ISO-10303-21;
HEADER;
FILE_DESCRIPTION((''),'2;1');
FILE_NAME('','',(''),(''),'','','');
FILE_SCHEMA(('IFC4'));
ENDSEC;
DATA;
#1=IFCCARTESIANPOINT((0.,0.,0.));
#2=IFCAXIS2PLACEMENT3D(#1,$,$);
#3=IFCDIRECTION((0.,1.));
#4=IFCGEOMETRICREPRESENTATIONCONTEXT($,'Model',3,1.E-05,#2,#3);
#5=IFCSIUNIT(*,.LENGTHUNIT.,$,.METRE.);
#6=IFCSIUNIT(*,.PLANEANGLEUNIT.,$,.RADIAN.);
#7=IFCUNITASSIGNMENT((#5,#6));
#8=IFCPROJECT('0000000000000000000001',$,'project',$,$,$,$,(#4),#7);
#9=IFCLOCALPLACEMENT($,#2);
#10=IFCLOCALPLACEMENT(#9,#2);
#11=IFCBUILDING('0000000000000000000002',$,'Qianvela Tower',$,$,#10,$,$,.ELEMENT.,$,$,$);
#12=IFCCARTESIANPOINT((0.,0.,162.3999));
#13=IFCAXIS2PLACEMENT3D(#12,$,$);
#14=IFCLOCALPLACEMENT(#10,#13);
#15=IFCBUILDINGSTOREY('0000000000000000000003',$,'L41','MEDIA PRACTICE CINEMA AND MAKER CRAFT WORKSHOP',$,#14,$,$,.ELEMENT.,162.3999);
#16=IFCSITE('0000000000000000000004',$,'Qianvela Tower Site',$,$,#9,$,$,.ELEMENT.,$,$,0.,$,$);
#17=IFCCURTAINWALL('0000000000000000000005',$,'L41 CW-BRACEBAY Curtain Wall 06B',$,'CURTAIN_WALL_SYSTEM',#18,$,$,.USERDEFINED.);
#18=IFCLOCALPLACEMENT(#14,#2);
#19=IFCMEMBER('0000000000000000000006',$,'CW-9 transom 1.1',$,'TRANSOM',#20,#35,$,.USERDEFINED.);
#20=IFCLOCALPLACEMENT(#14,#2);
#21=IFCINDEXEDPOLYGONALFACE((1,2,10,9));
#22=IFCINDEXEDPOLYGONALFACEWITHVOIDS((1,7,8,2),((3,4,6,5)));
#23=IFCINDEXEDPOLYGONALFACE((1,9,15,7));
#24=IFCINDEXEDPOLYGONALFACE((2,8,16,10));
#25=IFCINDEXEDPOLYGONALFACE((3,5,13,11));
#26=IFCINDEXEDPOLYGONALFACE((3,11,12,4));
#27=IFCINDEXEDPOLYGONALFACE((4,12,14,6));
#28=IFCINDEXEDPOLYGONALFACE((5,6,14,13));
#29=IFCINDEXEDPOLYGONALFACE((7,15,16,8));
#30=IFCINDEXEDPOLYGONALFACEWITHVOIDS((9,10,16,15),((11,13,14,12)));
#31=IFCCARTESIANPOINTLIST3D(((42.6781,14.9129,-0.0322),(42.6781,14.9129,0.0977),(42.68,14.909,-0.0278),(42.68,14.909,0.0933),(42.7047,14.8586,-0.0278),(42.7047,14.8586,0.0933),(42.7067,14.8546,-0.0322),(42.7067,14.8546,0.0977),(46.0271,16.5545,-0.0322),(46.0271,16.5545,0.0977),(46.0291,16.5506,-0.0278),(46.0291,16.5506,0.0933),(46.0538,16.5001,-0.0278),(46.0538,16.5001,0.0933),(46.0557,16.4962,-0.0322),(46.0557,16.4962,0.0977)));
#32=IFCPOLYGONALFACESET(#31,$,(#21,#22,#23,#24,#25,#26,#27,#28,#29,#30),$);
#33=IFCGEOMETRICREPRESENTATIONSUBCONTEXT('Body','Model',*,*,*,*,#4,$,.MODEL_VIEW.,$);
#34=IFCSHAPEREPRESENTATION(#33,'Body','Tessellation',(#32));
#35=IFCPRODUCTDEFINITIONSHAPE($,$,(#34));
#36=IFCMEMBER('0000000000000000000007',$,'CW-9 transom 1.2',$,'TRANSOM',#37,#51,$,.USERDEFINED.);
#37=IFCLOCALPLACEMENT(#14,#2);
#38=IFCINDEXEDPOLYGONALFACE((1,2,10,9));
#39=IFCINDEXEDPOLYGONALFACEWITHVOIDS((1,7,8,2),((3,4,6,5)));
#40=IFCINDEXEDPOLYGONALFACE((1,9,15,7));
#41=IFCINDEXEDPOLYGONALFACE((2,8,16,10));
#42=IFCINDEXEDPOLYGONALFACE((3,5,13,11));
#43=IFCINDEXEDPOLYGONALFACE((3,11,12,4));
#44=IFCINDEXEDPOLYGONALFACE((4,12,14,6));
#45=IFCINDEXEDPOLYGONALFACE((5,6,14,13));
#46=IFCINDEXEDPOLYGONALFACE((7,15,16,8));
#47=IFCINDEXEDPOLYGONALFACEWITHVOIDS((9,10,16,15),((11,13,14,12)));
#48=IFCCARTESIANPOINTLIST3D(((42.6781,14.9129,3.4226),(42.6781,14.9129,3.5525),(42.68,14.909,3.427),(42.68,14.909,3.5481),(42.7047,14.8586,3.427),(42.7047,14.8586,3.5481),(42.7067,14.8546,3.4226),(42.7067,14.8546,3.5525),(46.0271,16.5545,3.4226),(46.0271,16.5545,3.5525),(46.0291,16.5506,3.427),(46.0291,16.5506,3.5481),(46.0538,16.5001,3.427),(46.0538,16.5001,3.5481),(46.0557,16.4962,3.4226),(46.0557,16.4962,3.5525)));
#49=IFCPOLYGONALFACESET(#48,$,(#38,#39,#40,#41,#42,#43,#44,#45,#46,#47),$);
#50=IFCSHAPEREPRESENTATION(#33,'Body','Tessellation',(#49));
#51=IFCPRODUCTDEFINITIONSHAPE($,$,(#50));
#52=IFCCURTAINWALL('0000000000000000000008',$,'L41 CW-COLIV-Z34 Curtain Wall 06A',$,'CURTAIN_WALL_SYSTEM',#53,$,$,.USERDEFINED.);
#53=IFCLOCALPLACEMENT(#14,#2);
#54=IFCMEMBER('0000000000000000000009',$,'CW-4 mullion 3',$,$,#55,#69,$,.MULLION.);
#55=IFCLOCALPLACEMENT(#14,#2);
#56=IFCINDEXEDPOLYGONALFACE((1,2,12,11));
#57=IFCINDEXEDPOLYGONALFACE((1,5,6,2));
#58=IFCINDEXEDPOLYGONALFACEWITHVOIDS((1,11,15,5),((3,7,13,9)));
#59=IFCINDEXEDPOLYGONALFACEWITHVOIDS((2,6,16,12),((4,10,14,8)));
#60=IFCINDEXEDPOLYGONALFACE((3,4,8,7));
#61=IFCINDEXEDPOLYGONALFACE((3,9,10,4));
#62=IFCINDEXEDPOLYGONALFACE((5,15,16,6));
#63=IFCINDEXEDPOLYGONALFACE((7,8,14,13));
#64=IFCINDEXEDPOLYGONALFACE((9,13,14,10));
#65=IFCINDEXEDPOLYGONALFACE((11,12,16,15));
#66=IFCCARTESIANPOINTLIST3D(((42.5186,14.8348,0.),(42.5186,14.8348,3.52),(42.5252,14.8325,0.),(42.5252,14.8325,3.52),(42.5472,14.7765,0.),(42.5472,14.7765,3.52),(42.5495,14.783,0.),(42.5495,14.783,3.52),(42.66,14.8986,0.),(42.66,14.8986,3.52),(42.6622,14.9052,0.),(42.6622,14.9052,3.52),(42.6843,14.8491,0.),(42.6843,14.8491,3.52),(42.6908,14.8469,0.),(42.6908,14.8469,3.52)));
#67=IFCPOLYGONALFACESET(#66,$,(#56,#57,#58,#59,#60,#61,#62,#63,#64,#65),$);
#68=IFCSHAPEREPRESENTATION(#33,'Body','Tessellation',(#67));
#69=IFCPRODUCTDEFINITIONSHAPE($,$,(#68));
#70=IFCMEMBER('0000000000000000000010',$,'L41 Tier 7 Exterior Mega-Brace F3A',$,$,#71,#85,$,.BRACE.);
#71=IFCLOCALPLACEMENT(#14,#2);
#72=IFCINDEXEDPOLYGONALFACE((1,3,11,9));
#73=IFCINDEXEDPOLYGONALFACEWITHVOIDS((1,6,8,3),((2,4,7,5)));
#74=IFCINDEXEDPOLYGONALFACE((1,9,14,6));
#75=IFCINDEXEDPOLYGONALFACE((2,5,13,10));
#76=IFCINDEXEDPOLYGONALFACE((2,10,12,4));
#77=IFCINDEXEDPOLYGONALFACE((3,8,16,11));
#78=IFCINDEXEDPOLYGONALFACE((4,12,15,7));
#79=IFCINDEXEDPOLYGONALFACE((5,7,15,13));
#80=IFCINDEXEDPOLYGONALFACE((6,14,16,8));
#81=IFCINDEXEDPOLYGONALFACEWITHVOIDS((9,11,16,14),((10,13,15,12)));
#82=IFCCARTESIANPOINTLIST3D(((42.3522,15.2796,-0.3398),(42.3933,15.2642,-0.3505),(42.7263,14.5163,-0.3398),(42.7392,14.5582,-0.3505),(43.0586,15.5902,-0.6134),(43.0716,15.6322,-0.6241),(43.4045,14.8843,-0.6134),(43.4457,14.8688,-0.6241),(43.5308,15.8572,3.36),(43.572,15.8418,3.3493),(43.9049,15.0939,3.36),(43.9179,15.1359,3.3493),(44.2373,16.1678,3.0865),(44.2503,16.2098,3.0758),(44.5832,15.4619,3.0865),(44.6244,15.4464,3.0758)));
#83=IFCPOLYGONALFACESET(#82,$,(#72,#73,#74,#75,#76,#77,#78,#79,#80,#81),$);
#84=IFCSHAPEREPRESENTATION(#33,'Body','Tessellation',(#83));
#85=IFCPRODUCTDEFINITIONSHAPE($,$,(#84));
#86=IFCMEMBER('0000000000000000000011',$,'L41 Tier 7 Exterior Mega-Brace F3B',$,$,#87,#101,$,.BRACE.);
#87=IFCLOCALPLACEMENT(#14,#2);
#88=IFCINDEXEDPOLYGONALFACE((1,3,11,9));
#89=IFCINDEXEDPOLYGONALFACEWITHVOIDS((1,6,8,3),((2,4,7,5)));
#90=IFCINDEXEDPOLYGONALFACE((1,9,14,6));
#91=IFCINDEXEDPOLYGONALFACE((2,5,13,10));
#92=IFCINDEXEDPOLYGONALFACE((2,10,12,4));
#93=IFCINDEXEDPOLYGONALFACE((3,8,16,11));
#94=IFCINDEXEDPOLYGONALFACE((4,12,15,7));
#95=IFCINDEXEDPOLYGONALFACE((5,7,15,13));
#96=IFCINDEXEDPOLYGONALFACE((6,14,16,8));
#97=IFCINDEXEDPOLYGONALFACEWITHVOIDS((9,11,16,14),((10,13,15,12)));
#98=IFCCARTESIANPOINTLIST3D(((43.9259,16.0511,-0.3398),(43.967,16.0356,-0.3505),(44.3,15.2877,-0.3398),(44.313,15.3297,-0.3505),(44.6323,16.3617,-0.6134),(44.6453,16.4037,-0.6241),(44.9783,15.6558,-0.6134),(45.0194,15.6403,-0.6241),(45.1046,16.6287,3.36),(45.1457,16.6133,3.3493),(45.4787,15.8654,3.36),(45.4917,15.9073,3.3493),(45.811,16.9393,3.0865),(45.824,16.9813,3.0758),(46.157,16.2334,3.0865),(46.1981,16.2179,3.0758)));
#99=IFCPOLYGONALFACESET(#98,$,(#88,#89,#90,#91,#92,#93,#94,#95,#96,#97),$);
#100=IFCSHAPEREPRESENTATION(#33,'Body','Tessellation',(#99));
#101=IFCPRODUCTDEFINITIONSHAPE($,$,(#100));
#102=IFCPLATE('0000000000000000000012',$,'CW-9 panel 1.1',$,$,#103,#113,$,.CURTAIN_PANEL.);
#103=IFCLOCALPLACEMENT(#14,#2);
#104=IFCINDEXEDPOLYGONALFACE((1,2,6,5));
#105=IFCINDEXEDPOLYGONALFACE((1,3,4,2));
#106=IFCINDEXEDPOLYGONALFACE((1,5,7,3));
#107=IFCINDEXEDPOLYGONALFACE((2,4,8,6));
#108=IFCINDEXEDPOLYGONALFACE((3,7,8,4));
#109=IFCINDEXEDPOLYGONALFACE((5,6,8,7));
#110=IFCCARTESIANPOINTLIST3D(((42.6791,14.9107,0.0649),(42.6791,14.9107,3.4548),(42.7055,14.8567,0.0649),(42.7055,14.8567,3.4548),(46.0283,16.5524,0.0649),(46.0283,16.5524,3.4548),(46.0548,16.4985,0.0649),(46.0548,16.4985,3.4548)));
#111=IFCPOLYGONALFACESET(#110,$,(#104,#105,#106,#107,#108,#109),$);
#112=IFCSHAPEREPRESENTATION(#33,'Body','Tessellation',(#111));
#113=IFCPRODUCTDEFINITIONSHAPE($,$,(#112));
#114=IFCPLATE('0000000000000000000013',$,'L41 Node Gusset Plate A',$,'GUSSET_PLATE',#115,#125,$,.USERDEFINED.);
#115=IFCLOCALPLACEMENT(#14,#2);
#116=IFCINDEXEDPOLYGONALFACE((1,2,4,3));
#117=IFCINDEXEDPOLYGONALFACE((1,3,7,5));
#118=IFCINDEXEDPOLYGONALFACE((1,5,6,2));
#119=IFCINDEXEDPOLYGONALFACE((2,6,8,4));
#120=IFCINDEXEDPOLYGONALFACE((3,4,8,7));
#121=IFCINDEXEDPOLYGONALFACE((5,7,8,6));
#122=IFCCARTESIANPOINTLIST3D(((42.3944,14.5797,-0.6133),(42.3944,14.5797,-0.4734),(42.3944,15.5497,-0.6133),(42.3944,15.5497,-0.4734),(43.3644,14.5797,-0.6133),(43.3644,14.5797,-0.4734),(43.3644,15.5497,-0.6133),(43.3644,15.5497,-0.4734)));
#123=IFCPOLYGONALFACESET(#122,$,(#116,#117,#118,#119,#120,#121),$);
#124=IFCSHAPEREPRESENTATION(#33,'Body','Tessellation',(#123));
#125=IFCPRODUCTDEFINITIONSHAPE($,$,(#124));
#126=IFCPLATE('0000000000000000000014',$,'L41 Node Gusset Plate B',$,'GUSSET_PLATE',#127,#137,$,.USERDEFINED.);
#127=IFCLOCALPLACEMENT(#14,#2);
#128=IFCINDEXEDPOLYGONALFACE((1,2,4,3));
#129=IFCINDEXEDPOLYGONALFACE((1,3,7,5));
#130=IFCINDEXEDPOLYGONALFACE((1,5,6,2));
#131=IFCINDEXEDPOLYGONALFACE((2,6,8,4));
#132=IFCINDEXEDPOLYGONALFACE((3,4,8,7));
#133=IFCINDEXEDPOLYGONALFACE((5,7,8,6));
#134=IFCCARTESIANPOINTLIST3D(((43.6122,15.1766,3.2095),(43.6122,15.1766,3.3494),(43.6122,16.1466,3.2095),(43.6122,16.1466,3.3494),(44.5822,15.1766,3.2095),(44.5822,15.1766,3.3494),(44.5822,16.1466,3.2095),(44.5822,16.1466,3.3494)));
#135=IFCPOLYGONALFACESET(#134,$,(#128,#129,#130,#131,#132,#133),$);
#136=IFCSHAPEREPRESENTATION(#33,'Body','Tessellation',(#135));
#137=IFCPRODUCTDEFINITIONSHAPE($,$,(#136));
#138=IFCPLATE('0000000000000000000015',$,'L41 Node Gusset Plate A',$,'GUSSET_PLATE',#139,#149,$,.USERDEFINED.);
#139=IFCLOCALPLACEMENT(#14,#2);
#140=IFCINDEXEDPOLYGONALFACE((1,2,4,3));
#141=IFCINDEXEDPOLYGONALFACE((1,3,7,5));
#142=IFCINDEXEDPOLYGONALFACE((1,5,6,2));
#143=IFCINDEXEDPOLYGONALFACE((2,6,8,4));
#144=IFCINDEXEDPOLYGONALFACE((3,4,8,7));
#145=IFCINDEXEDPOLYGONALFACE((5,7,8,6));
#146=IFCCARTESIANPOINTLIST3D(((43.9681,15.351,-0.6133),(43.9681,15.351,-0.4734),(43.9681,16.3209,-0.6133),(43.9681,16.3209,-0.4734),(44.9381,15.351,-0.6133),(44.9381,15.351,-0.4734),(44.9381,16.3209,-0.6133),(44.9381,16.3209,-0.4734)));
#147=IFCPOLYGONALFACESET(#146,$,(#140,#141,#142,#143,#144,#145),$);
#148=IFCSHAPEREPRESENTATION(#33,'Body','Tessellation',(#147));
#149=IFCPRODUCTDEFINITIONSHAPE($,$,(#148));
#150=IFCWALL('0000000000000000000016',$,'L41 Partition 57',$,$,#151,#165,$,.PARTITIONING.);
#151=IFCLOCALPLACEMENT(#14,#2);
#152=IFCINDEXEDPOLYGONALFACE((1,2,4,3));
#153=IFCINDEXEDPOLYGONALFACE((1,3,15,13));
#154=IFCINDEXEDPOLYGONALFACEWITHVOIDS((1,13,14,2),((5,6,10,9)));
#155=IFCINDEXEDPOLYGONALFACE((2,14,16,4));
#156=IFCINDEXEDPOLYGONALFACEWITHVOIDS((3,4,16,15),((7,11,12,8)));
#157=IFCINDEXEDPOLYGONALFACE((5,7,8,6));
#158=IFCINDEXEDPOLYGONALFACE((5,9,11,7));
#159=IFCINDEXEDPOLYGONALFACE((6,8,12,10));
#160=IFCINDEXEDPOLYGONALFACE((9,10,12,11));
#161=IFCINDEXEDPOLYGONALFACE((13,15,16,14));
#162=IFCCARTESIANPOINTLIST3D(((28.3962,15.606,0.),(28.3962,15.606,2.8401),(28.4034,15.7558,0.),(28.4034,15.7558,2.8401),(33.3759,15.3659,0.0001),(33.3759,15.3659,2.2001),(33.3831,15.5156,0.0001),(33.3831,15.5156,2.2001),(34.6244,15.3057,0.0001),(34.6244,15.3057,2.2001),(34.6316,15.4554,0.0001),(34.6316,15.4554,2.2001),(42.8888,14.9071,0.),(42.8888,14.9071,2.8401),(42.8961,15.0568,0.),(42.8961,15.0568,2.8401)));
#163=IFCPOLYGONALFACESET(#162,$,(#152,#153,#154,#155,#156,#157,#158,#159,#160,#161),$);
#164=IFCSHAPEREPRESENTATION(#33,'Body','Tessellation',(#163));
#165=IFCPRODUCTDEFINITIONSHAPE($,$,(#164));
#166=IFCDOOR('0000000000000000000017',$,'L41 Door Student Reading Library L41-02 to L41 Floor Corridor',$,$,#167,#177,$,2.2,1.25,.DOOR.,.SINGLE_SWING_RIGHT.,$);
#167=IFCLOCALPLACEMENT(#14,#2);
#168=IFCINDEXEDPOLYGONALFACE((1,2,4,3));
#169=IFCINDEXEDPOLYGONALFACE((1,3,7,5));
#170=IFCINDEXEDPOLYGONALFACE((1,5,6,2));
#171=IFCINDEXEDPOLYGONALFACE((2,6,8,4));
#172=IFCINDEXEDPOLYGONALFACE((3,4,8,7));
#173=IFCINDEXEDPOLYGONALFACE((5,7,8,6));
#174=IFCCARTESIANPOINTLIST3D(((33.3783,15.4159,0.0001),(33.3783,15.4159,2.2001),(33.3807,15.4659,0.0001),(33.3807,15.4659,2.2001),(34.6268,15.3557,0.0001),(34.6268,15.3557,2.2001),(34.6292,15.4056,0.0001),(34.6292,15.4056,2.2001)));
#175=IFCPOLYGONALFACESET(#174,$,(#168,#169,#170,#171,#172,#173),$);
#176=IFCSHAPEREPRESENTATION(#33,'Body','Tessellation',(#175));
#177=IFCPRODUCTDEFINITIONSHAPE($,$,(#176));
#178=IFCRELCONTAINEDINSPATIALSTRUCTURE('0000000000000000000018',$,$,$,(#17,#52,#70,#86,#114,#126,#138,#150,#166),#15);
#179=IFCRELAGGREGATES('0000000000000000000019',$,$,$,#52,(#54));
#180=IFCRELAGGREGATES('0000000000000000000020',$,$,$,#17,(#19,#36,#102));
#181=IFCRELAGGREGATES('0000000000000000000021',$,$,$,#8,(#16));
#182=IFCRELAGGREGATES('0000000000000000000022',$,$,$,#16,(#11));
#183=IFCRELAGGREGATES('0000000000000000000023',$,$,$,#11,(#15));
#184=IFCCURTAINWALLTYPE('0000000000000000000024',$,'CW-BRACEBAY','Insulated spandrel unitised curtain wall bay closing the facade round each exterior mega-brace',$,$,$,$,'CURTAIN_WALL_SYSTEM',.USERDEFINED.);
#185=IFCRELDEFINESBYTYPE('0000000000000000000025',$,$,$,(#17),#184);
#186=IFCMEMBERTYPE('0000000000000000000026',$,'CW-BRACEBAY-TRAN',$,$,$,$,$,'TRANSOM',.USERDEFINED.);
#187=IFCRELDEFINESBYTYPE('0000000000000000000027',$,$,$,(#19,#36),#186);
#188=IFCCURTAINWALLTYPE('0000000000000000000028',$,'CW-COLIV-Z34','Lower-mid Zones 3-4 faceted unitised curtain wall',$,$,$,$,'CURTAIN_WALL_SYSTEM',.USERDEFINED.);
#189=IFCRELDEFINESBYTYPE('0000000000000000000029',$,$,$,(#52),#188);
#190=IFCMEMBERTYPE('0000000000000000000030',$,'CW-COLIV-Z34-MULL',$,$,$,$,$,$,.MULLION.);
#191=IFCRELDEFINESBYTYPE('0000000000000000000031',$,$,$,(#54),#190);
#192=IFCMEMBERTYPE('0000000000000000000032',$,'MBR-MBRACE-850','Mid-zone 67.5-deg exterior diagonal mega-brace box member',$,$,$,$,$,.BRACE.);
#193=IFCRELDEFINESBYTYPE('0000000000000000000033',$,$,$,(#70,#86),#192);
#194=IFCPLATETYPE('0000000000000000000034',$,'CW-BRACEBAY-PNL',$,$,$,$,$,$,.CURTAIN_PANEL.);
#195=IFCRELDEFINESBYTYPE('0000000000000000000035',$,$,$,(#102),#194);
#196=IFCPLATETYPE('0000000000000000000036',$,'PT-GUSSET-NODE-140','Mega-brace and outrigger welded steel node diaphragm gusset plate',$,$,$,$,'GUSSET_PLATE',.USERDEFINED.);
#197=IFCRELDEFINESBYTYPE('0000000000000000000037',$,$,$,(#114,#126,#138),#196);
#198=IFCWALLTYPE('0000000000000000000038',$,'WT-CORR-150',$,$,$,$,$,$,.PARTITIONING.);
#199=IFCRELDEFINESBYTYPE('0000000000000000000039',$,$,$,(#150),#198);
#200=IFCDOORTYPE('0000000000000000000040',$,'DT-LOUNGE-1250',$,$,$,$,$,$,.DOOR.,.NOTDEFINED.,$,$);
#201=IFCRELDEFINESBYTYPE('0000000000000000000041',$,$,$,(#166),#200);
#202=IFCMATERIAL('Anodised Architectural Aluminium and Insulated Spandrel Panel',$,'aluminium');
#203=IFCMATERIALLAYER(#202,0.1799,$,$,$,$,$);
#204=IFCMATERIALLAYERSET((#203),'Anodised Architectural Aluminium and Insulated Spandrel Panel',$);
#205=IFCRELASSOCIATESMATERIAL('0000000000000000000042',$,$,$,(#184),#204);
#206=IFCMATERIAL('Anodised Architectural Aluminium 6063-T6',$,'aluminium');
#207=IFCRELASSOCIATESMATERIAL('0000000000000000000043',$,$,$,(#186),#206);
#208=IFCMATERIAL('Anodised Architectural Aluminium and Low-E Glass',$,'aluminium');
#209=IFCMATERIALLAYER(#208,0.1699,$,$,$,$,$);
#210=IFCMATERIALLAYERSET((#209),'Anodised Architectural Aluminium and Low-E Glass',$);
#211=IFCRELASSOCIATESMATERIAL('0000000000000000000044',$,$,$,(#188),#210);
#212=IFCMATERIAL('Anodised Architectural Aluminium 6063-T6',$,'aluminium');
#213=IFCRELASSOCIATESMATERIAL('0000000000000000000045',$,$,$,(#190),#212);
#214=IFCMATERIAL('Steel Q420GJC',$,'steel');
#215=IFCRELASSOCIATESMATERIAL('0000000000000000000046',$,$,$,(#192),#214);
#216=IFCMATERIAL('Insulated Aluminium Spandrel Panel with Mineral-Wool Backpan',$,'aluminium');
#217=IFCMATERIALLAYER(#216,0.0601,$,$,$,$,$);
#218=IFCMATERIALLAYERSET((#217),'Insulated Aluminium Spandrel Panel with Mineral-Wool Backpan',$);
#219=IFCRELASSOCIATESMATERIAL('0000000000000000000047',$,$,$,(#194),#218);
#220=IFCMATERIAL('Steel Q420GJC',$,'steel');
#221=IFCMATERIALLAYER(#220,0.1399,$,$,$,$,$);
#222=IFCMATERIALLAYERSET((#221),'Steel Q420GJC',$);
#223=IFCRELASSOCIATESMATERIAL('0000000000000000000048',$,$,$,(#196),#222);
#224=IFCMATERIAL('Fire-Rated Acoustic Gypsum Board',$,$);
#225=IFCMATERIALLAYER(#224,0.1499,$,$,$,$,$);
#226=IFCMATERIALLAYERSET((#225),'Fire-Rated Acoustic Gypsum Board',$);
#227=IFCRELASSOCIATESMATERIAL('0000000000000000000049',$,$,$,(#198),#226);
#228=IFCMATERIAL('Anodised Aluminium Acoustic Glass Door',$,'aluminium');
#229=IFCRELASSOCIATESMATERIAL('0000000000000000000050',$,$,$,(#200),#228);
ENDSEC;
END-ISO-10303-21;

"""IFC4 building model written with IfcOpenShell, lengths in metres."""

from ifc_helpers import new_model, si_unit, direction, frame, frame_2d, origin, origin_2d, place, context, subcontext, project, spatial, rectangle, hollow_rectangle, extrude, material, layer, layer_set, material_profile, profile_set, type_object, element, fill, aggregate, save


model = new_model("IFC4")

# Units and contexts
model_context = context("Model", 3, precision=1e-05, world=origin(), true_north=direction((0.0, 1.0)))
body_context = subcontext(model_context, "Body", "Model", "MODEL_VIEW")
ifc_project = project(units=[si_unit("LENGTHUNIT", "METRE"), si_unit("PLANEANGLEUNIT", "RADIAN")], contexts=[model_context])

# Site, building, storey
site_placement = place(None, origin())
site = spatial("IfcSite", under=ifc_project, at=site_placement, Name="Qianvela Tower Site", CompositionType="ELEMENT", RefElevation=0.0)
building_placement = place(site_placement, origin())
building = spatial("IfcBuilding", under=site, at=building_placement, Name="Qianvela Tower", CompositionType="ELEMENT")
storey_placement = place(building_placement, frame((0.0, 0.0, 162.3999)))
storey = spatial("IfcBuildingStorey", under=building, at=storey_placement, Name="L41", Description="MEDIA PRACTICE CINEMA AND MAKER CRAFT WORKSHOP", CompositionType="ELEMENT", Elevation=162.3999)

# Curtain wall, members
ifc_material_1 = material(Name="Anodised Architectural Aluminium and Insulated Spandrel Panel", Category="aluminium")
ifc_layer_1 = layer(ifc_material_1, 0.1799)
ifc_layer_set_1 = layer_set([ifc_layer_1], Name="Anodised Architectural Aluminium and Insulated Spandrel Panel")
curtain_wall_type_1 = type_object("IfcCurtainWallType", Name="CW-BRACEBAY", Description="Insulated spandrel unitised curtain wall bay closing the facade round each exterior mega-brace", ElementType="CURTAIN_WALL_SYSTEM", PredefinedType="USERDEFINED", material=ifc_layer_set_1)
curtain_wall_1_placement = place(storey_placement, origin())
curtain_wall_1 = element("IfcCurtainWall", 1, at=curtain_wall_1_placement, inside=storey, type_object=curtain_wall_type_1, Name="L41 CW-BRACEBAY Curtain Wall 06B", ObjectType="CURTAIN_WALL_SYSTEM", PredefinedType="USERDEFINED")
ifc_material_2 = material(Name="Anodised Architectural Aluminium 6063-T6", Category="aluminium")
ifc_material_profile_1 = material_profile(ifc_material_2, hollow_rectangle(XDim=0.0649, YDim=0.1299, WallThickness=0.0044, at=origin_2d()), Name="ALU-TRAN-65x130")
ifc_profile_set_1 = profile_set([ifc_material_profile_1], Name="Anodised Architectural Aluminium 6063-T6")
member_type_1 = type_object("IfcMemberType", Name="CW-BRACEBAY-TRAN", ElementType="TRANSOM", PredefinedType="USERDEFINED", material=ifc_profile_set_1)
member_1_placement = place(storey_placement, frame((42.6924, 14.8838, 0.0327), z_axis=(0.897934, 0.44013, 0.0), x_axis=(-0.44013, 0.897934, 0.0)))
member_1 = element("IfcMember", 2, at=member_1_placement, type_object=member_type_1, Name="CW-9 transom 1.1", ObjectType="TRANSOM", PredefinedType="USERDEFINED", context=body_context, shape_type="SweptSolid", body=[
    extrude(hollow_rectangle(XDim=0.0649, YDim=0.1299, WallThickness=0.0044, at=origin_2d()), origin(), (0.0, 0.0, 1.0), 3.7297),
])
member_2_placement = place(storey_placement, frame((42.6924, 14.8838, 3.4875), z_axis=(0.897934, 0.44013, 0.0), x_axis=(-0.44013, 0.897934, 0.0)))
member_2 = element("IfcMember", 3, at=member_2_placement, type_object=member_type_1, Name="CW-9 transom 1.2", ObjectType="TRANSOM", PredefinedType="USERDEFINED", context=body_context, shape_type="SweptSolid", body=[
    extrude(hollow_rectangle(XDim=0.0649, YDim=0.1299, WallThickness=0.0044, at=origin_2d()), origin(), (0.0, 0.0, 1.0), 3.7297),
])

# Curtain wall, member
ifc_material_3 = material(Name="Anodised Architectural Aluminium and Low-E Glass", Category="aluminium")
ifc_layer_2 = layer(ifc_material_3, 0.1699)
ifc_layer_set_2 = layer_set([ifc_layer_2], Name="Anodised Architectural Aluminium and Low-E Glass")
curtain_wall_type_2 = type_object("IfcCurtainWallType", Name="CW-COLIV-Z34", Description="Lower-mid Zones 3-4 faceted unitised curtain wall", ElementType="CURTAIN_WALL_SYSTEM", PredefinedType="USERDEFINED", material=ifc_layer_set_2)
curtain_wall_2_placement = place(storey_placement, origin())
curtain_wall_2 = element("IfcCurtainWall", 4, at=curtain_wall_2_placement, inside=storey, type_object=curtain_wall_type_2, Name="L41 CW-COLIV-Z34 Curtain Wall 06A", ObjectType="CURTAIN_WALL_SYSTEM", PredefinedType="USERDEFINED")
ifc_material_4 = material(Name="Anodised Architectural Aluminium 6063-T6", Category="aluminium")
ifc_material_profile_2 = material_profile(ifc_material_4, hollow_rectangle(XDim=0.0649, YDim=0.1599, WallThickness=0.0049, at=origin_2d()), Name="ALU-MULL-65x160")
ifc_profile_set_2 = profile_set([ifc_material_profile_2], Name="Anodised Architectural Aluminium 6063-T6")
member_type_2 = type_object("IfcMemberType", Name="CW-COLIV-Z34-MULL", PredefinedType="MULLION", material=ifc_profile_set_2)
member_3_placement = place(storey_placement, frame((42.6047, 14.8408, 0.0), z_axis=(0.0, 0.0, 1.0), x_axis=(-0.440141, 0.897929, 0.0)))
member_3 = element("IfcMember", 5, at=member_3_placement, type_object=member_type_2, Name="CW-4 mullion 3", PredefinedType="MULLION", context=body_context, shape_type="SweptSolid", body=[
    extrude(hollow_rectangle(XDim=0.0649, YDim=0.1599, WallThickness=0.0049, at=origin_2d()), origin(), (0.0, 0.0, 1.0), 3.52),
])
aggregate(curtain_wall_2, [member_3])

# Members
ifc_material_5 = material(Name="Steel Q420GJC", Category="steel")
ifc_material_profile_3 = material_profile(ifc_material_5, hollow_rectangle(XDim=0.8501, YDim=0.8501, WallThickness=0.032, at=origin_2d()), Name="MBOX-850x850x32")
ifc_profile_set_3 = profile_set([ifc_material_profile_3], Name="Steel Q420GJC")
member_type_3 = type_object("IfcMemberType", Name="MBR-MBRACE-850", Description="Mid-zone 67.5-deg exterior diagonal mega-brace box member", PredefinedType="BRACE", material=ifc_profile_set_3)
for number, where, z_axis, x_axis, name in (
    (6, (42.8989, 15.0742, -0.4819), (0.30024, 0.147135, 0.942447), (-0.440057, 0.89797, 0.0), "L41 Tier 7 Exterior Mega-Brace F3A"),
    (7, (44.4727, 15.8457, -0.4819), (0.30024, 0.147135, 0.942447), (-0.440057, 0.89797, 0.0), "L41 Tier 7 Exterior Mega-Brace F3B"),
):
    element("IfcMember", number, at=place(storey_placement, frame(where, z_axis=z_axis, x_axis=x_axis)), inside=storey, type_object=member_type_3, Name=name, PredefinedType="BRACE", context=body_context, shape_type="SweptSolid", body=[
        extrude(hollow_rectangle(XDim=0.8501, YDim=0.8501, WallThickness=0.032, at=origin_2d()), origin(), (0.0, 0.0, 1.0), 3.9258),
    ])

# Plate
ifc_material_6 = material(Name="Insulated Aluminium Spandrel Panel with Mineral-Wool Backpan", Category="aluminium")
ifc_layer_3 = layer(ifc_material_6, 0.0601)
ifc_layer_set_3 = layer_set([ifc_layer_3], Name="Insulated Aluminium Spandrel Panel with Mineral-Wool Backpan")
plate_type_1 = type_object("IfcPlateType", Name="CW-BRACEBAY-PNL", PredefinedType="CURTAIN_PANEL", material=ifc_layer_set_3)
plate_placement = place(storey_placement, frame((44.3669, 15.7046, 0.0649), z_axis=(0.0, 0.0, 1.0), x_axis=(0.897923, 0.440153, 0.0)))
plate = element("IfcPlate", 8, at=plate_placement, type_object=plate_type_1, Name="CW-9 panel 1.1", PredefinedType="CURTAIN_PANEL", context=body_context, shape_type="SweptSolid", body=[
    extrude(rectangle(XDim=3.73, YDim=0.0601, at=origin_2d()), origin(), (0.0, 0.0, 1.0), 3.3899),
])
aggregate(curtain_wall_1, [member_1, member_2, plate])

# Plates
ifc_material_7 = material(Name="Steel Q420GJC", Category="steel")
ifc_layer_4 = layer(ifc_material_7, 0.1399)
ifc_layer_set_4 = layer_set([ifc_layer_4], Name="Steel Q420GJC")
plate_type_2 = type_object("IfcPlateType", Name="PT-GUSSET-NODE-140", Description="Mega-brace and outrigger welded steel node diaphragm gusset plate", ElementType="GUSSET_PLATE", PredefinedType="USERDEFINED", material=ifc_layer_set_4)
for number, where, z_axis, x_axis, name in (
    (9, (42.8794, 15.0647, -0.6133), (0.0, 0.0, 1.0), (1.0, 0.0, 0.0), "L41 Node Gusset Plate A"),
    (10, (44.0972, 15.6616, 3.2095), (0.0, 0.0, 1.0), (1.0, 0.0, 0.0), "L41 Node Gusset Plate B"),
    (11, (44.4531, 15.8359, -0.6133), (0.0, 0.0, 1.0), (1.0, 0.0, 0.0), "L41 Node Gusset Plate A"),
):
    element("IfcPlate", number, at=place(storey_placement, frame(where, z_axis=z_axis, x_axis=x_axis)), inside=storey, type_object=plate_type_2, Name=name, ObjectType="GUSSET_PLATE", PredefinedType="USERDEFINED", context=body_context, shape_type="SweptSolid", body=[
        extrude(rectangle(XDim=0.97, YDim=0.97, at=origin_2d()), origin(), (0.0, 0.0, 1.0), 0.1399),
    ])

# Wall, opening, door
ifc_material_8 = material(Name="Fire-Rated Acoustic Gypsum Board")
ifc_layer_5 = layer(ifc_material_8, 0.1499)
ifc_layer_set_5 = layer_set([ifc_layer_5], Name="Fire-Rated Acoustic Gypsum Board")
wall_type_1 = type_object("IfcWallType", Name="WT-CORR-150", PredefinedType="PARTITIONING", material=ifc_layer_set_5)
wall_placement = place(storey_placement, frame((42.8926, 14.9819, 0.0), z_axis=(0.0, 0.0, 1.0), x_axis=(-0.998839, 0.048174, 0.0)))
wall = element("IfcWall", 12, at=wall_placement, inside=storey, type_object=wall_type_1, Name="L41 Partition 57", PredefinedType="PARTITIONING", context=body_context, shape_type="SweptSolid", body=[
    extrude(rectangle(XDim=14.5095, YDim=0.1499, at=frame_2d((7.2549, 0.0))), origin(), (0.0, 0.0, 1.0), 2.8401),
])
opening_placement = place(wall_placement, frame((8.2742, 0.0, 0.0)))
opening = element("IfcOpeningElement", 13, at=opening_placement, cuts=wall, PredefinedType="OPENING", context=body_context, shape_type="SweptSolid", body=[
    extrude(rectangle(XDim=1.25, YDim=2.2, at=frame_2d((0.625, 1.1001))), frame((0.0, 0.085, 0.0), z_axis=(0.0, -1.0, 0.0), x_axis=(1.0, 0.0, 0.0)), (0.0, 0.0, 1.0), 0.1699),
])
ifc_material_9 = material(Name="Anodised Aluminium Acoustic Glass Door", Category="aluminium")
door_type = type_object("IfcDoorType", Name="DT-LOUNGE-1250", OperationType="NOTDEFINED", PredefinedType="DOOR", material=ifc_material_9)
door_placement = place(opening_placement, origin())
door = element("IfcDoor", 14, at=door_placement, inside=storey, type_object=door_type, Name="L41 Door Student Reading Library L41-02 to L41 Floor Corridor", OperationType="SINGLE_SWING_RIGHT", OverallHeight=2.2, OverallWidth=1.25, PredefinedType="DOOR", context=body_context, shape_type="SweptSolid", body=[
    extrude(rectangle(XDim=1.25, YDim=2.2, at=frame_2d((0.625, 1.1001))), frame((0.0, 0.0249, 0.0), z_axis=(0.0, -1.0, 0.0), x_axis=(1.0, 0.0, 0.0)), (0.0, 0.0, 1.0), 0.05),
])
fill(opening, door)

save(model, "model.ifc")
